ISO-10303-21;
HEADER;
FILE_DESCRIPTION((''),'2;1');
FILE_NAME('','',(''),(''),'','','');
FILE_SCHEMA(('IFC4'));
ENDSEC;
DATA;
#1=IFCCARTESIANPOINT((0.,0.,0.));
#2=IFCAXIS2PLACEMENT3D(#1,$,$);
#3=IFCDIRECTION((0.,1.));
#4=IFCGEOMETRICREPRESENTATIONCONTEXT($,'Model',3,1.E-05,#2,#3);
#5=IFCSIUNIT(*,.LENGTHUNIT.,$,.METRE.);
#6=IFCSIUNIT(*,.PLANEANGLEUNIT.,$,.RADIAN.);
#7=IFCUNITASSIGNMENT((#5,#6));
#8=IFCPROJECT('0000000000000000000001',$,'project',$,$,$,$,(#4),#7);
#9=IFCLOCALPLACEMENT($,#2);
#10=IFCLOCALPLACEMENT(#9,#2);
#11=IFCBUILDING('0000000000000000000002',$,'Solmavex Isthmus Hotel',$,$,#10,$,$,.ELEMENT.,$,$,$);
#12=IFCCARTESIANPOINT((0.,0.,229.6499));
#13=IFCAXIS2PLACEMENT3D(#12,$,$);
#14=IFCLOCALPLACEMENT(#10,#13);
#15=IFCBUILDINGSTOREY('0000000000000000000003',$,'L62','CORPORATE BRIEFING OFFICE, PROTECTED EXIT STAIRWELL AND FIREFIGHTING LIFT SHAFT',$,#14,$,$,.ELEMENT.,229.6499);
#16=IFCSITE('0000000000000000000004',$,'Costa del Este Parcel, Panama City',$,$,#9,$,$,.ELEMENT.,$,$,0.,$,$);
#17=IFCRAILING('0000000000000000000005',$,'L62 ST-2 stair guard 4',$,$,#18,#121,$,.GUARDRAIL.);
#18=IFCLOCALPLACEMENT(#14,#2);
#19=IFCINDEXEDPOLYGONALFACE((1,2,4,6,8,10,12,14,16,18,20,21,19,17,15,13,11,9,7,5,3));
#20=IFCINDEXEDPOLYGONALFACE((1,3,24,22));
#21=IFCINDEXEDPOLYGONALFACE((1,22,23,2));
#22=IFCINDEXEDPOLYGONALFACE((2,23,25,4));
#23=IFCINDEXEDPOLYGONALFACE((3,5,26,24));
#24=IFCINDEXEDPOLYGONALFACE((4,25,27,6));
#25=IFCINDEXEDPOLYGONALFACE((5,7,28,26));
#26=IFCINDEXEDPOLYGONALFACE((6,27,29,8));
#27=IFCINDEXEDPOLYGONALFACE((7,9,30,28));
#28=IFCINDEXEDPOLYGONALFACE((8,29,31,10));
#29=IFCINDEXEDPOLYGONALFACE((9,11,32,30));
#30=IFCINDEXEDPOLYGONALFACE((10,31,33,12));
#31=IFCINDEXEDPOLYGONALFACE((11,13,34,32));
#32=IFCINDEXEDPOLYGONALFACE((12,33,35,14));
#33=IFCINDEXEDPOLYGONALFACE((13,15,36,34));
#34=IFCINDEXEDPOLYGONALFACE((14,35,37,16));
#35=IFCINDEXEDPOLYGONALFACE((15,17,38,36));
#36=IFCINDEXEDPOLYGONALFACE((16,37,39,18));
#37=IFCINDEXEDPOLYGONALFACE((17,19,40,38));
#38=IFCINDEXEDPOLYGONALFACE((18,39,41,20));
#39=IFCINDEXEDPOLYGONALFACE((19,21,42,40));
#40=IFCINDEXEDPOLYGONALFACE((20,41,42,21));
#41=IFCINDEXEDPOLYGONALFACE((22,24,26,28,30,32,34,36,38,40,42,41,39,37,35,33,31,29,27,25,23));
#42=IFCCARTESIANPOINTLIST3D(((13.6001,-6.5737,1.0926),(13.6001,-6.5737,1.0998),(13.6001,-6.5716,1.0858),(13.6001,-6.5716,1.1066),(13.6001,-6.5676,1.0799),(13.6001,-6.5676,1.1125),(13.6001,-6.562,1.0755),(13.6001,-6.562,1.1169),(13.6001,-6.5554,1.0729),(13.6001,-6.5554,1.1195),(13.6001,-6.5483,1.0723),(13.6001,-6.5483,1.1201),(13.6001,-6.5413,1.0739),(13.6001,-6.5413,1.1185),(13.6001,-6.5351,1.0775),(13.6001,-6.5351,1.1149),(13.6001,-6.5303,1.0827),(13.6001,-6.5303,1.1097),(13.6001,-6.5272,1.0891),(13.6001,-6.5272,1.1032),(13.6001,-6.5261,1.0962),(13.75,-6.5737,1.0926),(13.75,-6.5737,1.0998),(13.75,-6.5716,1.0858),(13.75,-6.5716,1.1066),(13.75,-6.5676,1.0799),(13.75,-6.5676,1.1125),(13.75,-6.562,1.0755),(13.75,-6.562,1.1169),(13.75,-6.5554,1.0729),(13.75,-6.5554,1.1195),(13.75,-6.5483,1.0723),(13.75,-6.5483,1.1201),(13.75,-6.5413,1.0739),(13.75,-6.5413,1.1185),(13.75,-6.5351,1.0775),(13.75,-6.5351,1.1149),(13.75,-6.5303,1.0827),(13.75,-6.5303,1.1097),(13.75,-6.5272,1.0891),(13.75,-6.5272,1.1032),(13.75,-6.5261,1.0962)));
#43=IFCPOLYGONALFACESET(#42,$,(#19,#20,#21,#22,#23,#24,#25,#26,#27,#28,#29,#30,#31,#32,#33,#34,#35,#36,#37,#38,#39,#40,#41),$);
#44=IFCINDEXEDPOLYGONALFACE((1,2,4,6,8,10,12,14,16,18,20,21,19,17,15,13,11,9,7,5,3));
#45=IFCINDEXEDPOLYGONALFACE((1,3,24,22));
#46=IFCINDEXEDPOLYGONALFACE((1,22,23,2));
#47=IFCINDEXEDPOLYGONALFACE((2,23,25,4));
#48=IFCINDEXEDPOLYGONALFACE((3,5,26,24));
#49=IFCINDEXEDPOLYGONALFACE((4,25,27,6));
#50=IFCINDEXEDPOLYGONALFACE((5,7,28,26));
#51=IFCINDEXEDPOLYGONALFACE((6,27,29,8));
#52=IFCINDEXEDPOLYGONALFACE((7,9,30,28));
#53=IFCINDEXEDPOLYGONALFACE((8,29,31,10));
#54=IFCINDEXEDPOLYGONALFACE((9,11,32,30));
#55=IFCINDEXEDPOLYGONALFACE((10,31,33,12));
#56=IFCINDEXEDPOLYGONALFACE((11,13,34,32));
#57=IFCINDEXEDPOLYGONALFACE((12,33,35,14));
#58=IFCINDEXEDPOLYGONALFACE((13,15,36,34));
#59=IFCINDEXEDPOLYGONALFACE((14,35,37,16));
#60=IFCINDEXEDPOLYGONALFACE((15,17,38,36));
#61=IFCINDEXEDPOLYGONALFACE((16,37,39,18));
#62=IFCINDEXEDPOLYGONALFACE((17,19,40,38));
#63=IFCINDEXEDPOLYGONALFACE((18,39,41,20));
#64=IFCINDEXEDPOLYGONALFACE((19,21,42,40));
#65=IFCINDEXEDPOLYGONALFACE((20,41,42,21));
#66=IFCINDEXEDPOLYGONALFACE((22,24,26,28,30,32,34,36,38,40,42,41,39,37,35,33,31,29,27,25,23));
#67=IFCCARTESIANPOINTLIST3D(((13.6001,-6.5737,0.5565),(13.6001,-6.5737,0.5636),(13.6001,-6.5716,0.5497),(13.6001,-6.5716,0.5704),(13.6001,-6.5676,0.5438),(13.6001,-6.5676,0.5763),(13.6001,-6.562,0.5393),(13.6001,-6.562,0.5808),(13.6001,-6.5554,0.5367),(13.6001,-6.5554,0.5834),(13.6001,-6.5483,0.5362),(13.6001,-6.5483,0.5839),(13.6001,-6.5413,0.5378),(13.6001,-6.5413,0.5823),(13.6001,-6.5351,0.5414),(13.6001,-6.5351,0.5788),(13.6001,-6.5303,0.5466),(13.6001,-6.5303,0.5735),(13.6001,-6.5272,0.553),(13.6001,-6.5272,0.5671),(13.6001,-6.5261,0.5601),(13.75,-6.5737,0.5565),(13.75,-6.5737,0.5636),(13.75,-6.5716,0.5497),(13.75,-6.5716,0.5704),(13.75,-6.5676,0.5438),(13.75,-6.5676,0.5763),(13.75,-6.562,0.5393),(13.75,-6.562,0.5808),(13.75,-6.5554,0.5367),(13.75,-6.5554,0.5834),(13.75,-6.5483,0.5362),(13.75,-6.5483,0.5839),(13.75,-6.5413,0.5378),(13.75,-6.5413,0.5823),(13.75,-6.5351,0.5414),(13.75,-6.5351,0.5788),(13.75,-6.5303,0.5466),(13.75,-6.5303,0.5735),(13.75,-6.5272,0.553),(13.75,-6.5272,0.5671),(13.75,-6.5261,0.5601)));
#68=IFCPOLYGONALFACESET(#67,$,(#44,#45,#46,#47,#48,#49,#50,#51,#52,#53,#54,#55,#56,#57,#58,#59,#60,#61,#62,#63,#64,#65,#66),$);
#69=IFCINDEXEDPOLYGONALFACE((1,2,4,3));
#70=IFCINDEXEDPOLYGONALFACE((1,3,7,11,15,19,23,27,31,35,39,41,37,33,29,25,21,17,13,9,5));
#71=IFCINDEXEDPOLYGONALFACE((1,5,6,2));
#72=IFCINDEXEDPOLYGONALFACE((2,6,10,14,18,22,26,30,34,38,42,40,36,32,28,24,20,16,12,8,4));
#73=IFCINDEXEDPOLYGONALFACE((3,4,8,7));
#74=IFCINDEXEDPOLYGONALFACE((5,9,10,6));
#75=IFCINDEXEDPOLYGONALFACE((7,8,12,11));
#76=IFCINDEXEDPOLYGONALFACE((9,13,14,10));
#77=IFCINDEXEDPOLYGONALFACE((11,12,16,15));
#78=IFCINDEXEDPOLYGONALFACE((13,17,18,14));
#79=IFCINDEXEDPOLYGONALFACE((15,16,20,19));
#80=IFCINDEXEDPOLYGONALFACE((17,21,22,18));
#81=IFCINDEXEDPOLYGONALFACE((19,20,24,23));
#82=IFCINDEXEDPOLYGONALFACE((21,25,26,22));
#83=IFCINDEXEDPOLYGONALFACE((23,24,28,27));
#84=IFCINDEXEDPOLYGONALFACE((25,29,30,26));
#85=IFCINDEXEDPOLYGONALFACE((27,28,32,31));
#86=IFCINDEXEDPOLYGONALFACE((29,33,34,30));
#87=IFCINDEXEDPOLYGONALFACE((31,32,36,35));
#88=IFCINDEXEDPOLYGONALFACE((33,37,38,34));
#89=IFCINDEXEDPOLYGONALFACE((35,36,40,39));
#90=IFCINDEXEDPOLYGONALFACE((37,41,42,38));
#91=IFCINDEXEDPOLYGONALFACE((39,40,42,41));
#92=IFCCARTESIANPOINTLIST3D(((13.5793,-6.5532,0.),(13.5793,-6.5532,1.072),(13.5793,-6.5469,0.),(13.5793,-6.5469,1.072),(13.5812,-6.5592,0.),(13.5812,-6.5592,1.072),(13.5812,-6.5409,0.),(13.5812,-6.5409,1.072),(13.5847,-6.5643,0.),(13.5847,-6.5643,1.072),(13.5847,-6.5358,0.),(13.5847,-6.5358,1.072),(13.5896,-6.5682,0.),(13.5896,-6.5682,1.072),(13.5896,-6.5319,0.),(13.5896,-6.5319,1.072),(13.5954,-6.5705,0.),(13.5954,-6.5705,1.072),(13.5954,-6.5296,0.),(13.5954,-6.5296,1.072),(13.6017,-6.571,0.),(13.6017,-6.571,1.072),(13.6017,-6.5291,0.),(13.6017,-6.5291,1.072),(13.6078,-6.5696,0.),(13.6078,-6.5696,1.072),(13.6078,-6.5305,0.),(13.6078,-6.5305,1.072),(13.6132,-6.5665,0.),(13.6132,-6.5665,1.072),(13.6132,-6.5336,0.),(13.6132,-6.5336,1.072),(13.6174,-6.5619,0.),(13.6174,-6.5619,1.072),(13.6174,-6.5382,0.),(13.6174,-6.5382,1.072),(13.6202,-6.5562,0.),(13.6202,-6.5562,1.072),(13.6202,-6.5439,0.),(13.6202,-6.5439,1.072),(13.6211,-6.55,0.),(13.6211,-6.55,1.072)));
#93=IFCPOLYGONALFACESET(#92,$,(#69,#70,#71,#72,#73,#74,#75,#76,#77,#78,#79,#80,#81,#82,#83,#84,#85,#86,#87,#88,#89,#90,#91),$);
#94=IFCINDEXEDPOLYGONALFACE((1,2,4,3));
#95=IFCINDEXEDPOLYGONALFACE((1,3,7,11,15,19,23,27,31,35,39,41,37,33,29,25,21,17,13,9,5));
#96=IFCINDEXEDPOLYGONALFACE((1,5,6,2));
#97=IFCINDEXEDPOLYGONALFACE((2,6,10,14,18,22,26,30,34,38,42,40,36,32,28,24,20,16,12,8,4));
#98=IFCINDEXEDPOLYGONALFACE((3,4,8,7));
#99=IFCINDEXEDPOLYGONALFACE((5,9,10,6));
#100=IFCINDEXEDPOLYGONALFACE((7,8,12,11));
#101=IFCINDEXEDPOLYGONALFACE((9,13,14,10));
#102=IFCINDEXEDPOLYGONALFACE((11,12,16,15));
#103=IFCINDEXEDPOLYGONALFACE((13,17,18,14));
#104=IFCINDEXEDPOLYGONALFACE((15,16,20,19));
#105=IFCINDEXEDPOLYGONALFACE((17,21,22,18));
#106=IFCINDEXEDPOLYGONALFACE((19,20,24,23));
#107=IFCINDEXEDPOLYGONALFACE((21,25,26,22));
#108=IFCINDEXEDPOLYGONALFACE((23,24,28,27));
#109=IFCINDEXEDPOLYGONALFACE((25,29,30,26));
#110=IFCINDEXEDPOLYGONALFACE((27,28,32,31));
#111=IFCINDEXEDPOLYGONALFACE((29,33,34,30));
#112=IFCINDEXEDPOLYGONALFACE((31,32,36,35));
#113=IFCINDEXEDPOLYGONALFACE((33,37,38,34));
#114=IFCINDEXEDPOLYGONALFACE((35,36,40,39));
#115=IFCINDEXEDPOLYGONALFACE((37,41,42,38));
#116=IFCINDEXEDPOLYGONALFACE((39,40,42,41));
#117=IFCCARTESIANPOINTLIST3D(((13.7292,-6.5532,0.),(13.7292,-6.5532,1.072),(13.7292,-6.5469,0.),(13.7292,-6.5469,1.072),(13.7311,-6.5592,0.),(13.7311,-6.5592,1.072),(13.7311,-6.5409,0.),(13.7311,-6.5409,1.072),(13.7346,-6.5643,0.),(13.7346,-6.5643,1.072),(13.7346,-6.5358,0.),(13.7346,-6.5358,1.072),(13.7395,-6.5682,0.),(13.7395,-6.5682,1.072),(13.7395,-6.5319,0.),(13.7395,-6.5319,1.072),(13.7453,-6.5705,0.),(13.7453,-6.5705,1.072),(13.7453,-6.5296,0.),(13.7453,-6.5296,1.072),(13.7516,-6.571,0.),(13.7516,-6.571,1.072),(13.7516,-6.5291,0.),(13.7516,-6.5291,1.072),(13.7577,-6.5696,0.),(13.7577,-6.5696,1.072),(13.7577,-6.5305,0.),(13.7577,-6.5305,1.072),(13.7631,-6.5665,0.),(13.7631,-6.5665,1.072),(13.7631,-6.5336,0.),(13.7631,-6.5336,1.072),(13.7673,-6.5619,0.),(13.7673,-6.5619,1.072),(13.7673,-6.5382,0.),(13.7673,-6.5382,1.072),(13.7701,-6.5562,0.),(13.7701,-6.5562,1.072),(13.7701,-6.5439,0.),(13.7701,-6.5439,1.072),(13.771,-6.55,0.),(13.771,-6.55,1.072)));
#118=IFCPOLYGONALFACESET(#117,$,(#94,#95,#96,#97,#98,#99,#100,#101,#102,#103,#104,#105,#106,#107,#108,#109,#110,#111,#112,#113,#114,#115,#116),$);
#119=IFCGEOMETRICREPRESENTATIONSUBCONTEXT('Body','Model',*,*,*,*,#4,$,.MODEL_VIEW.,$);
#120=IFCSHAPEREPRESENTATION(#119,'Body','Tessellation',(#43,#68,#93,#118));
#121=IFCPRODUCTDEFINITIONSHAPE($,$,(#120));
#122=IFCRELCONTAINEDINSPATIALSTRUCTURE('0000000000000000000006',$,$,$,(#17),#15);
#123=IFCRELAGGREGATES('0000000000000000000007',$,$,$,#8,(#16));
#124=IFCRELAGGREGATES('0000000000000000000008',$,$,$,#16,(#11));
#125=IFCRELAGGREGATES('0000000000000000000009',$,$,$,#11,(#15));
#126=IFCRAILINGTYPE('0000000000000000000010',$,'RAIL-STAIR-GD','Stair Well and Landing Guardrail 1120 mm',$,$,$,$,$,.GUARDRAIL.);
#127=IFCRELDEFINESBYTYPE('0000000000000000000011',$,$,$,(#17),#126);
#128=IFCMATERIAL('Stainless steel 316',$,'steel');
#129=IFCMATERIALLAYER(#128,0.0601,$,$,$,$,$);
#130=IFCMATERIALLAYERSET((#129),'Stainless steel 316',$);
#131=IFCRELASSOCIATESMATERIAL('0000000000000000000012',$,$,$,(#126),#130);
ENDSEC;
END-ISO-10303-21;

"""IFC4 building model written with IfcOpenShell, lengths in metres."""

from ifc_helpers import new_model, si_unit, direction, frame, origin, origin_2d, place, context, subcontext, project, spatial, circle, extrude, material, layer, layer_set, type_object, element, save


model = new_model("IFC4")

# Units and contexts
model_context = context("Model", 3, precision=1e-05, world=origin(), true_north=direction((0.0, 1.0)))
body_context = subcontext(model_context, "Body", "Model", "MODEL_VIEW")
ifc_project = project(units=[si_unit("LENGTHUNIT", "METRE"), si_unit("PLANEANGLEUNIT", "RADIAN")], contexts=[model_context])

# Site, building, storey
site_placement = place(None, origin())
site = spatial("IfcSite", under=ifc_project, at=site_placement, Name="Costa del Este Parcel, Panama City", CompositionType="ELEMENT", RefElevation=0.0)
building_placement = place(site_placement, origin())
building = spatial("IfcBuilding", under=site, at=building_placement, Name="Solmavex Isthmus Hotel", CompositionType="ELEMENT")
storey_placement = place(building_placement, frame((0.0, 0.0, 229.6499)))
storey = spatial("IfcBuildingStorey", under=building, at=storey_placement, Name="L62", Description="CORPORATE BRIEFING OFFICE, PROTECTED EXIT STAIRWELL AND FIREFIGHTING LIFT SHAFT", CompositionType="ELEMENT", Elevation=229.6499)

# Railing
ifc_material_1 = material(Name="Stainless steel 316", Category="steel")
ifc_layer_1 = layer(ifc_material_1, 0.0601)
ifc_layer_set_1 = layer_set([ifc_layer_1], Name="Stainless steel 316")
railing_type_1 = type_object("IfcRailingType", Name="RAIL-STAIR-GD", Description="Stair Well and Landing Guardrail 1120 mm", PredefinedType="GUARDRAIL", material=ifc_layer_set_1)
railing_1_placement = place(storey_placement, frame((13.6001, -6.55, 0.0)))
element("IfcRailing", 1, at=railing_1_placement, inside=storey, type_object=railing_type_1, Name="L62 ST-2 stair guard 4", PredefinedType="GUARDRAIL", context=body_context, shape_type="SweptSolid", body=[
    extrude(circle(Radius=0.0239, at=origin_2d()), frame((0.0, 0.0, 1.0962), z_axis=(1.0, 0.0, 0.0), x_axis=(0.0, 1.0, 0.0)), (0.0, 0.0, 1.0), 0.1499),
    extrude(circle(Radius=0.0239, at=origin_2d()), frame((0.0, 0.0, 0.5601), z_axis=(1.0, 0.0, 0.0), x_axis=(0.0, 1.0, 0.0)), (0.0, 0.0, 1.0), 0.1499),
    extrude(circle(Radius=0.021, at=origin_2d()), origin(), (0.0, 0.0, 1.0), 1.072),
    extrude(circle(Radius=0.021, at=origin_2d()), frame((0.1499, 0.0, 0.0)), (0.0, 0.0, 1.0), 1.072),
])

save(model, "model.ifc")
